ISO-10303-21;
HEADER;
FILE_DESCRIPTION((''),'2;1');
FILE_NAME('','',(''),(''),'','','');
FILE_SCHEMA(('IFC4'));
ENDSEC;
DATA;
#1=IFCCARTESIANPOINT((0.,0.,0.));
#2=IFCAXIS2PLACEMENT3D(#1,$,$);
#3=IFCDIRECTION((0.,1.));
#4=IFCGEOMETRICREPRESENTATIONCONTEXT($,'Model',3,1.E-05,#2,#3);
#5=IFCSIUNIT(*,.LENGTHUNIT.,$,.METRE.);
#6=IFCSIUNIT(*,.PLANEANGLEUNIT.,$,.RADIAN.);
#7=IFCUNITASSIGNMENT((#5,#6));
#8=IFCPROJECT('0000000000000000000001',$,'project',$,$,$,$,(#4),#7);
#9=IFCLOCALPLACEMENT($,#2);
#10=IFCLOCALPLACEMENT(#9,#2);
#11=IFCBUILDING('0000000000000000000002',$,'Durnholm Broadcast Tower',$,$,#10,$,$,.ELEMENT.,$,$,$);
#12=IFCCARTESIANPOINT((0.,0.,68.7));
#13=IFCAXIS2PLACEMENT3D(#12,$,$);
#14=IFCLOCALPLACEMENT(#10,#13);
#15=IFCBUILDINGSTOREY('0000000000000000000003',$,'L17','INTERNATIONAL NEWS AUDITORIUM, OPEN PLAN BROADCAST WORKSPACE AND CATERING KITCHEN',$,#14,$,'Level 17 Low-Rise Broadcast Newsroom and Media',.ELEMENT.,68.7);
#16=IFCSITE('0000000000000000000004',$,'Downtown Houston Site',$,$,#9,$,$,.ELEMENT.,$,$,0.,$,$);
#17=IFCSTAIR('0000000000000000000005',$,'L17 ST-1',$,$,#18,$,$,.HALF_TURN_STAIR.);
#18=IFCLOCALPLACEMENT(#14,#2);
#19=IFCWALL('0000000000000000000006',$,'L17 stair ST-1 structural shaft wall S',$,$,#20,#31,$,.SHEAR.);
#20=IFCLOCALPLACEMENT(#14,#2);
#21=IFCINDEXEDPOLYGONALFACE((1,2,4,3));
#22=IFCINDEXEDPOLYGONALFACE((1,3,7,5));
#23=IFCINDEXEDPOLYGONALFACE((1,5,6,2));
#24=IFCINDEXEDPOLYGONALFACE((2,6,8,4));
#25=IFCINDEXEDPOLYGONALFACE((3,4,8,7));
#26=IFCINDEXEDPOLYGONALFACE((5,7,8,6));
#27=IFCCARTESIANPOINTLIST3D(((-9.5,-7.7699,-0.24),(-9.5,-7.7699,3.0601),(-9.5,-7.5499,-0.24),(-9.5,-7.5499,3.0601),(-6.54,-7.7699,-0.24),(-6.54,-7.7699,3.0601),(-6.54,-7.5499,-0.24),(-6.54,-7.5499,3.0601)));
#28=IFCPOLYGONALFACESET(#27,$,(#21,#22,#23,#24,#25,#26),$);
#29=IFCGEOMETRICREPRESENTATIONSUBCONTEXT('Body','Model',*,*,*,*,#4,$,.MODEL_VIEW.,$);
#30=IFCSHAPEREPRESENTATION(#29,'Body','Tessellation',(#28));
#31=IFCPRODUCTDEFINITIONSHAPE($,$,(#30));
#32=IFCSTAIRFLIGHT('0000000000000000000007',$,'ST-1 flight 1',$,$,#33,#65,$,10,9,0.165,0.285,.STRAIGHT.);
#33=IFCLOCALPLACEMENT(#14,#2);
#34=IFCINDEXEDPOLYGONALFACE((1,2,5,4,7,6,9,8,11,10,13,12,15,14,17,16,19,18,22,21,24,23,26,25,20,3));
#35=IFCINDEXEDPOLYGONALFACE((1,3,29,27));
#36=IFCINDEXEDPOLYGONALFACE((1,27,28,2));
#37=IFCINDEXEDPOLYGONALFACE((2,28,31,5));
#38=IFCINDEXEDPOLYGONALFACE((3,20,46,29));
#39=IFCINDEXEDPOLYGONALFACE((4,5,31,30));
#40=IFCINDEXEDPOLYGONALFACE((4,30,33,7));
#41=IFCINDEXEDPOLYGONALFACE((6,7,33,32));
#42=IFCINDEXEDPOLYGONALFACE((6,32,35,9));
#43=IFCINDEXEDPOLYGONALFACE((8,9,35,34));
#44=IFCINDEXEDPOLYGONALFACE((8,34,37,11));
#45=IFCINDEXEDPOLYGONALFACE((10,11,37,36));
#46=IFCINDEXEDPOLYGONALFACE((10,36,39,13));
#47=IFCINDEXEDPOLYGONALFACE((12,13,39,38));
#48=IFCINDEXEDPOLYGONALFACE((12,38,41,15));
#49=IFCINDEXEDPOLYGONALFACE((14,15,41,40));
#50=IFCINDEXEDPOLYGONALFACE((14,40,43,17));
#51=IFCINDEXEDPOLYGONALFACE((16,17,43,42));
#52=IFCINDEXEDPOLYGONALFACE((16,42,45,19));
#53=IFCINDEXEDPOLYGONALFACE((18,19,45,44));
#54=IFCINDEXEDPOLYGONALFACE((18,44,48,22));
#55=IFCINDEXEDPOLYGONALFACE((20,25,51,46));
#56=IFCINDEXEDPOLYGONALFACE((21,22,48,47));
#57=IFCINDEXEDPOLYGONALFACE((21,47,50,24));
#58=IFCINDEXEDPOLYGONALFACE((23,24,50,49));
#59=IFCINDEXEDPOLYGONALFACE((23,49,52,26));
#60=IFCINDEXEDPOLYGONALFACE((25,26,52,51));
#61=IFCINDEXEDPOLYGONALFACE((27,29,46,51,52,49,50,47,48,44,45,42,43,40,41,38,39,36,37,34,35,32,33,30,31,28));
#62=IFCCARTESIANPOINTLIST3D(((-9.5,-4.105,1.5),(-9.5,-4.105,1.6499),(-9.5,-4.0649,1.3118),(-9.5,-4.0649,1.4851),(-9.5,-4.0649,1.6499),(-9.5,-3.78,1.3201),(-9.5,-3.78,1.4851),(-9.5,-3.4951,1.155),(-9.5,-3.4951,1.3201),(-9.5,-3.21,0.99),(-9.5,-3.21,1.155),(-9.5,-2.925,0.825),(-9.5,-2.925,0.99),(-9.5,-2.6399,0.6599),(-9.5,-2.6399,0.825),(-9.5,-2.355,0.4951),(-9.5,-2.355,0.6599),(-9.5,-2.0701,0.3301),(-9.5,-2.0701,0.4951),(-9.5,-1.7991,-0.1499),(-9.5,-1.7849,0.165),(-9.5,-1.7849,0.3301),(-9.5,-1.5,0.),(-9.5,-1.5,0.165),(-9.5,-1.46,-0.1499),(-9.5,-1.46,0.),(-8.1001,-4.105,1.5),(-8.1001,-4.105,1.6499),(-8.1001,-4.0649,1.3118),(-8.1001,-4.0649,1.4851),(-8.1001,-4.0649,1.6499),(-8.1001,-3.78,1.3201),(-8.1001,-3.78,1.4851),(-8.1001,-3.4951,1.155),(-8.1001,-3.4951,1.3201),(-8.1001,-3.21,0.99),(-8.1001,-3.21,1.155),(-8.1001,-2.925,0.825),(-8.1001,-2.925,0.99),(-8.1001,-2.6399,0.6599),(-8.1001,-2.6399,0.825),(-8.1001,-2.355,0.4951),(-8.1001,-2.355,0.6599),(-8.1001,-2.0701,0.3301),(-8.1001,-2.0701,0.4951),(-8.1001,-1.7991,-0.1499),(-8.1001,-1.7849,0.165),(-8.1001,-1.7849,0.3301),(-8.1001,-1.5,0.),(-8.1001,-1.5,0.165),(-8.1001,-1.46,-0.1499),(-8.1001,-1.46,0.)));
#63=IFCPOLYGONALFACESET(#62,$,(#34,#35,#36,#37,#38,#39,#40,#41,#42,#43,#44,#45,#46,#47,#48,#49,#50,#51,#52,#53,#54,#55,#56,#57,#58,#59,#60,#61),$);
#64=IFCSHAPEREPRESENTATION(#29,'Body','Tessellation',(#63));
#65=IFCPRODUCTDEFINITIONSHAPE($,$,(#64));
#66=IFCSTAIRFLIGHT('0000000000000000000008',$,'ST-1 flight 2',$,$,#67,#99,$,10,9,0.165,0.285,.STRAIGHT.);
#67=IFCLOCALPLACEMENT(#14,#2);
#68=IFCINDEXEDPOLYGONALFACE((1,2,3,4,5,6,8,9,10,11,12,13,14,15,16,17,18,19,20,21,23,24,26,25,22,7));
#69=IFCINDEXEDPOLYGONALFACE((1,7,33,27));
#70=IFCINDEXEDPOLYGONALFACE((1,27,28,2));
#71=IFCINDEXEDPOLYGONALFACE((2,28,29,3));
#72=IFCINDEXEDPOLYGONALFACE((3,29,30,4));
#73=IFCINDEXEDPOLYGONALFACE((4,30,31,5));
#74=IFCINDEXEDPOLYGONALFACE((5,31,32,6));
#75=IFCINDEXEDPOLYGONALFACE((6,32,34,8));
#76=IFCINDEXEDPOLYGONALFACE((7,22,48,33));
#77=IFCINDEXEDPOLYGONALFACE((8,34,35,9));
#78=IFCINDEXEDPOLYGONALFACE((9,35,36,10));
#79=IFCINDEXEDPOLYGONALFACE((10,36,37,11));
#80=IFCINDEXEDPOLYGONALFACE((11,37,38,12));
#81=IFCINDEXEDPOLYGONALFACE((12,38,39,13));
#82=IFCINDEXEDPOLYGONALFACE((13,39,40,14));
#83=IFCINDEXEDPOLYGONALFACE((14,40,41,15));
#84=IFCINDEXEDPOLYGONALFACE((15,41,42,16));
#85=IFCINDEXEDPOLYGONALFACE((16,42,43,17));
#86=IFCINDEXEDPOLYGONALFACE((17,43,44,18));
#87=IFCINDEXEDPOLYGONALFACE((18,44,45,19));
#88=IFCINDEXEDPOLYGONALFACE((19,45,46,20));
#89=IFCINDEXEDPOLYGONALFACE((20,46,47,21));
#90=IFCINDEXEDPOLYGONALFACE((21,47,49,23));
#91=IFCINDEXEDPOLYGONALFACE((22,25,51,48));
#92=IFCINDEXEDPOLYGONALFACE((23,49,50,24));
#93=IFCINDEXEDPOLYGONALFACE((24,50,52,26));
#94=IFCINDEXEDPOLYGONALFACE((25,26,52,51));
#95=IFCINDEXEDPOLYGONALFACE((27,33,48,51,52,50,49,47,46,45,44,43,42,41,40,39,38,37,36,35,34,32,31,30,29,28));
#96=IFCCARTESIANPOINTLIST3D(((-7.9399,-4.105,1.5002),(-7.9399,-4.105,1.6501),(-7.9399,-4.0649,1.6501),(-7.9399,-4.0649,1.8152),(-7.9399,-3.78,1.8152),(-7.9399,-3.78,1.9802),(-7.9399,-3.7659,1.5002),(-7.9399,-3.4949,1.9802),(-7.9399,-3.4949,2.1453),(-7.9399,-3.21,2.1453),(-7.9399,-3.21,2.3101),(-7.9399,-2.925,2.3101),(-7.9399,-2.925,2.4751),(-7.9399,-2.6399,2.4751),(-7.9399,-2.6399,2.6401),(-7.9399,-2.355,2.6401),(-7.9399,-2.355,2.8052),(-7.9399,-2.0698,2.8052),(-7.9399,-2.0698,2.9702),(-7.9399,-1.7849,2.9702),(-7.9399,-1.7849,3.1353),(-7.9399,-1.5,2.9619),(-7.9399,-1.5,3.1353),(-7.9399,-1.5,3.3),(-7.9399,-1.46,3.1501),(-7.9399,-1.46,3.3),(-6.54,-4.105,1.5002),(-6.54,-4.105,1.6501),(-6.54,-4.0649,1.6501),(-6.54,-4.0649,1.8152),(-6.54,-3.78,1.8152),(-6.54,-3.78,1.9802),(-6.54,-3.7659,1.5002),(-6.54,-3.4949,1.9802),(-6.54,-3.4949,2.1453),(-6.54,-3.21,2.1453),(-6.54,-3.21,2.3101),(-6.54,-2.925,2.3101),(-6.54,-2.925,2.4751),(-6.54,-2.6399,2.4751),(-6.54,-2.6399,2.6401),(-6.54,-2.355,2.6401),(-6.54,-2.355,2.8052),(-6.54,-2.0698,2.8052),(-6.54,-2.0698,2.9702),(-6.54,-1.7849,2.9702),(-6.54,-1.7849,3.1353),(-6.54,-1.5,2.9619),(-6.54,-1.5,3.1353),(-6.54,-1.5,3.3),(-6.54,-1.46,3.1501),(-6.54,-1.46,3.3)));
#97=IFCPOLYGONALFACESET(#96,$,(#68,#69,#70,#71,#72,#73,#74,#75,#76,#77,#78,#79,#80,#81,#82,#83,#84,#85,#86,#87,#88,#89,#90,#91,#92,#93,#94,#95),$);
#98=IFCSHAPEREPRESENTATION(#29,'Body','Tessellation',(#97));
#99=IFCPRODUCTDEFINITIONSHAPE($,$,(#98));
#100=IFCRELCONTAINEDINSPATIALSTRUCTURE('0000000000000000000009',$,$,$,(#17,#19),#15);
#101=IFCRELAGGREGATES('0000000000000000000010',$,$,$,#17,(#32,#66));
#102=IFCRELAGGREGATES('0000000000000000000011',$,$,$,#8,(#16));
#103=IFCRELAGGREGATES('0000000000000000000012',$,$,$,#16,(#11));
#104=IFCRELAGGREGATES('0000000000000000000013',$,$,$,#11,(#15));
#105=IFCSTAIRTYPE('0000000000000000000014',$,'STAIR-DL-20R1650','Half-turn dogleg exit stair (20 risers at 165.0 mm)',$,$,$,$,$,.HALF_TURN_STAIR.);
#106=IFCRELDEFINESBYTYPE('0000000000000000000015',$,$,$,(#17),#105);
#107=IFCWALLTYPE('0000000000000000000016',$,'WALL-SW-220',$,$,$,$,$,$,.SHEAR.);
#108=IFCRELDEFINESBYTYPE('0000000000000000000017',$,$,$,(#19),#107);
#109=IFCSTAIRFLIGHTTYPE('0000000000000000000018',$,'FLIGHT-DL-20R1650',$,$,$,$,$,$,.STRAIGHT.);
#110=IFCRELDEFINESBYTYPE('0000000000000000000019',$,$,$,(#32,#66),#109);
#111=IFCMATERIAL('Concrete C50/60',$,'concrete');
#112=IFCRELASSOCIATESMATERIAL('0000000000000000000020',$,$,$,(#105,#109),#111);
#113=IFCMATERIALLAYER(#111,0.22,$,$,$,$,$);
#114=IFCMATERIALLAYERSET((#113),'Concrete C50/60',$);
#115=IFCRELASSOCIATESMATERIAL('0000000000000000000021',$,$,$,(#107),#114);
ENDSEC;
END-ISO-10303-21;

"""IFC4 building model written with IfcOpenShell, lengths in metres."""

from ifc_helpers import new_model, si_unit, direction, frame, frame_2d, origin, place, context, subcontext, project, spatial, polyline, rectangle, outline, extrude, material, layer, layer_set, type_object, element, aggregate, save


model = new_model("IFC4")

# Units and contexts
model_context = context("Model", 3, precision=1e-05, world=origin(), true_north=direction((0.0, 1.0)))
body_context = subcontext(model_context, "Body", "Model", "MODEL_VIEW")
ifc_project = project(units=[si_unit("LENGTHUNIT", "METRE"), si_unit("PLANEANGLEUNIT", "RADIAN")], contexts=[model_context])

# Site, building, storey
site_placement = place(None, origin())
site = spatial("IfcSite", under=ifc_project, at=site_placement, Name="Downtown Houston Site", CompositionType="ELEMENT", RefElevation=0.0)
building_placement = place(site_placement, origin())
building = spatial("IfcBuilding", under=site, at=building_placement, Name="Durnholm Broadcast Tower", CompositionType="ELEMENT")
storey_placement = place(building_placement, frame((0.0, 0.0, 68.7)))
storey = spatial("IfcBuildingStorey", under=building, at=storey_placement, Name="L17", Description="INTERNATIONAL NEWS AUDITORIUM, OPEN PLAN BROADCAST WORKSPACE AND CATERING KITCHEN", LongName="Level 17 Low-Rise Broadcast Newsroom and Media", CompositionType="ELEMENT", Elevation=68.7)

# Shared definitions
ifc_material_1 = material(Name="Concrete C50/60", Category="concrete")

# Stair
stair_type = type_object("IfcStairType", Name="STAIR-DL-20R1650", Description="Half-turn dogleg exit stair (20 risers at 165.0 mm)", PredefinedType="HALF_TURN_STAIR", material=ifc_material_1)
stair_1_placement = place(storey_placement, origin())
stair_1 = element("IfcStair", 1, at=stair_1_placement, inside=storey, type_object=stair_type, Name="L17 ST-1", PredefinedType="HALF_TURN_STAIR")

# Shared definitions
ifc_layer_1 = layer(ifc_material_1, 0.22)
ifc_layer_set_1 = layer_set([ifc_layer_1], Name="Concrete C50/60")
wall_type_1 = type_object("IfcWallType", Name="WALL-SW-220", PredefinedType="SHEAR", material=ifc_layer_set_1)

# Wall
wall_1_placement = place(storey_placement, frame((-9.5, -7.6599, -0.24), z_axis=(0.0, 0.0, 1.0), x_axis=(1.0, 0.0, 0.0)))
element("IfcWall", 2, at=wall_1_placement, inside=storey, type_object=wall_type_1, Name="L17 stair ST-1 structural shaft wall S", PredefinedType="SHEAR", context=body_context, shape_type="SweptSolid", body=[
    extrude(rectangle(XDim=2.96, YDim=0.22, at=frame_2d((1.48, 0.0))), origin(), (0.0, 0.0, 1.0), 3.3),
])

# Stair flights
stair_flight_type = type_object("IfcStairFlightType", Name="FLIGHT-DL-20R1650", PredefinedType="STRAIGHT", material=ifc_material_1)
stair_flight_1_placement = place(storey_placement, frame((-8.8, -1.5, 0.0), z_axis=(0.0, 0.0, 1.0), x_axis=(0.0, -1.0, 0.0)))
stair_flight_1 = element("IfcStairFlight", 3, at=stair_flight_1_placement, type_object=stair_flight_type, Name="ST-1 flight 1", NumberOfRisers=10, NumberOfTreads=9, PredefinedType="STRAIGHT", RiserHeight=0.165, TreadLength=0.285, context=body_context, shape_type="SweptSolid", body=[
    extrude(outline(polyline([(-0.04, -0.1499), (-0.04, 0.0), (0.0, 0.0), (0.0, 0.165), (0.2849, 0.165), (0.2849, 0.3301), (0.5701, 0.3301), (0.5701, 0.4951), (0.855, 0.4951), (0.855, 0.6599), (1.1399, 0.6599), (1.1399, 0.825), (1.425, 0.825), (1.425, 0.99), (1.71, 0.99), (1.71, 1.155), (1.9951, 1.155), (1.9951, 1.3201), (2.28, 1.3201), (2.28, 1.4851), (2.5649, 1.4851), (2.5649, 1.6499), (2.605, 1.6499), (2.605, 1.5), (2.5649, 1.3118), (0.2991, -0.1499), (-0.04, -0.1499)])), frame((0.0, 0.7, 0.0), z_axis=(0.0, -1.0, 0.0), x_axis=(1.0, 0.0, 0.0)), (0.0, 0.0, 1.0), 1.3999),
])
stair_flight_2_placement = place(storey_placement, frame((-7.24, -4.0649, 1.6501), z_axis=(0.0, 0.0, 1.0), x_axis=(0.0, 1.0, 0.0)))
stair_flight_2 = element("IfcStairFlight", 4, at=stair_flight_2_placement, type_object=stair_flight_type, Name="ST-1 flight 2", NumberOfRisers=10, NumberOfTreads=9, PredefinedType="STRAIGHT", RiserHeight=0.165, TreadLength=0.285, context=body_context, shape_type="SweptSolid", body=[
    extrude(outline(polyline([(-0.04, -0.1499), (-0.04, 0.0), (0.0, 0.0), (0.0, 0.165), (0.2849, 0.165), (0.2849, 0.3301), (0.5701, 0.3301), (0.5701, 0.4951), (0.855, 0.4951), (0.855, 0.6599), (1.1399, 0.6599), (1.1399, 0.825), (1.425, 0.825), (1.425, 0.99), (1.71, 0.99), (1.71, 1.155), (1.9951, 1.155), (1.9951, 1.3201), (2.28, 1.3201), (2.28, 1.4851), (2.5649, 1.4851), (2.5649, 1.6499), (2.605, 1.6499), (2.605, 1.5), (2.5649, 1.3118), (0.2991, -0.1499), (-0.04, -0.1499)])), frame((0.0, 0.7, 0.0), z_axis=(0.0, -1.0, 0.0), x_axis=(1.0, 0.0, 0.0)), (0.0, 0.0, 1.0), 1.3999),
])
aggregate(stair_1, [stair_flight_1, stair_flight_2])

save(model, "model.ifc")
